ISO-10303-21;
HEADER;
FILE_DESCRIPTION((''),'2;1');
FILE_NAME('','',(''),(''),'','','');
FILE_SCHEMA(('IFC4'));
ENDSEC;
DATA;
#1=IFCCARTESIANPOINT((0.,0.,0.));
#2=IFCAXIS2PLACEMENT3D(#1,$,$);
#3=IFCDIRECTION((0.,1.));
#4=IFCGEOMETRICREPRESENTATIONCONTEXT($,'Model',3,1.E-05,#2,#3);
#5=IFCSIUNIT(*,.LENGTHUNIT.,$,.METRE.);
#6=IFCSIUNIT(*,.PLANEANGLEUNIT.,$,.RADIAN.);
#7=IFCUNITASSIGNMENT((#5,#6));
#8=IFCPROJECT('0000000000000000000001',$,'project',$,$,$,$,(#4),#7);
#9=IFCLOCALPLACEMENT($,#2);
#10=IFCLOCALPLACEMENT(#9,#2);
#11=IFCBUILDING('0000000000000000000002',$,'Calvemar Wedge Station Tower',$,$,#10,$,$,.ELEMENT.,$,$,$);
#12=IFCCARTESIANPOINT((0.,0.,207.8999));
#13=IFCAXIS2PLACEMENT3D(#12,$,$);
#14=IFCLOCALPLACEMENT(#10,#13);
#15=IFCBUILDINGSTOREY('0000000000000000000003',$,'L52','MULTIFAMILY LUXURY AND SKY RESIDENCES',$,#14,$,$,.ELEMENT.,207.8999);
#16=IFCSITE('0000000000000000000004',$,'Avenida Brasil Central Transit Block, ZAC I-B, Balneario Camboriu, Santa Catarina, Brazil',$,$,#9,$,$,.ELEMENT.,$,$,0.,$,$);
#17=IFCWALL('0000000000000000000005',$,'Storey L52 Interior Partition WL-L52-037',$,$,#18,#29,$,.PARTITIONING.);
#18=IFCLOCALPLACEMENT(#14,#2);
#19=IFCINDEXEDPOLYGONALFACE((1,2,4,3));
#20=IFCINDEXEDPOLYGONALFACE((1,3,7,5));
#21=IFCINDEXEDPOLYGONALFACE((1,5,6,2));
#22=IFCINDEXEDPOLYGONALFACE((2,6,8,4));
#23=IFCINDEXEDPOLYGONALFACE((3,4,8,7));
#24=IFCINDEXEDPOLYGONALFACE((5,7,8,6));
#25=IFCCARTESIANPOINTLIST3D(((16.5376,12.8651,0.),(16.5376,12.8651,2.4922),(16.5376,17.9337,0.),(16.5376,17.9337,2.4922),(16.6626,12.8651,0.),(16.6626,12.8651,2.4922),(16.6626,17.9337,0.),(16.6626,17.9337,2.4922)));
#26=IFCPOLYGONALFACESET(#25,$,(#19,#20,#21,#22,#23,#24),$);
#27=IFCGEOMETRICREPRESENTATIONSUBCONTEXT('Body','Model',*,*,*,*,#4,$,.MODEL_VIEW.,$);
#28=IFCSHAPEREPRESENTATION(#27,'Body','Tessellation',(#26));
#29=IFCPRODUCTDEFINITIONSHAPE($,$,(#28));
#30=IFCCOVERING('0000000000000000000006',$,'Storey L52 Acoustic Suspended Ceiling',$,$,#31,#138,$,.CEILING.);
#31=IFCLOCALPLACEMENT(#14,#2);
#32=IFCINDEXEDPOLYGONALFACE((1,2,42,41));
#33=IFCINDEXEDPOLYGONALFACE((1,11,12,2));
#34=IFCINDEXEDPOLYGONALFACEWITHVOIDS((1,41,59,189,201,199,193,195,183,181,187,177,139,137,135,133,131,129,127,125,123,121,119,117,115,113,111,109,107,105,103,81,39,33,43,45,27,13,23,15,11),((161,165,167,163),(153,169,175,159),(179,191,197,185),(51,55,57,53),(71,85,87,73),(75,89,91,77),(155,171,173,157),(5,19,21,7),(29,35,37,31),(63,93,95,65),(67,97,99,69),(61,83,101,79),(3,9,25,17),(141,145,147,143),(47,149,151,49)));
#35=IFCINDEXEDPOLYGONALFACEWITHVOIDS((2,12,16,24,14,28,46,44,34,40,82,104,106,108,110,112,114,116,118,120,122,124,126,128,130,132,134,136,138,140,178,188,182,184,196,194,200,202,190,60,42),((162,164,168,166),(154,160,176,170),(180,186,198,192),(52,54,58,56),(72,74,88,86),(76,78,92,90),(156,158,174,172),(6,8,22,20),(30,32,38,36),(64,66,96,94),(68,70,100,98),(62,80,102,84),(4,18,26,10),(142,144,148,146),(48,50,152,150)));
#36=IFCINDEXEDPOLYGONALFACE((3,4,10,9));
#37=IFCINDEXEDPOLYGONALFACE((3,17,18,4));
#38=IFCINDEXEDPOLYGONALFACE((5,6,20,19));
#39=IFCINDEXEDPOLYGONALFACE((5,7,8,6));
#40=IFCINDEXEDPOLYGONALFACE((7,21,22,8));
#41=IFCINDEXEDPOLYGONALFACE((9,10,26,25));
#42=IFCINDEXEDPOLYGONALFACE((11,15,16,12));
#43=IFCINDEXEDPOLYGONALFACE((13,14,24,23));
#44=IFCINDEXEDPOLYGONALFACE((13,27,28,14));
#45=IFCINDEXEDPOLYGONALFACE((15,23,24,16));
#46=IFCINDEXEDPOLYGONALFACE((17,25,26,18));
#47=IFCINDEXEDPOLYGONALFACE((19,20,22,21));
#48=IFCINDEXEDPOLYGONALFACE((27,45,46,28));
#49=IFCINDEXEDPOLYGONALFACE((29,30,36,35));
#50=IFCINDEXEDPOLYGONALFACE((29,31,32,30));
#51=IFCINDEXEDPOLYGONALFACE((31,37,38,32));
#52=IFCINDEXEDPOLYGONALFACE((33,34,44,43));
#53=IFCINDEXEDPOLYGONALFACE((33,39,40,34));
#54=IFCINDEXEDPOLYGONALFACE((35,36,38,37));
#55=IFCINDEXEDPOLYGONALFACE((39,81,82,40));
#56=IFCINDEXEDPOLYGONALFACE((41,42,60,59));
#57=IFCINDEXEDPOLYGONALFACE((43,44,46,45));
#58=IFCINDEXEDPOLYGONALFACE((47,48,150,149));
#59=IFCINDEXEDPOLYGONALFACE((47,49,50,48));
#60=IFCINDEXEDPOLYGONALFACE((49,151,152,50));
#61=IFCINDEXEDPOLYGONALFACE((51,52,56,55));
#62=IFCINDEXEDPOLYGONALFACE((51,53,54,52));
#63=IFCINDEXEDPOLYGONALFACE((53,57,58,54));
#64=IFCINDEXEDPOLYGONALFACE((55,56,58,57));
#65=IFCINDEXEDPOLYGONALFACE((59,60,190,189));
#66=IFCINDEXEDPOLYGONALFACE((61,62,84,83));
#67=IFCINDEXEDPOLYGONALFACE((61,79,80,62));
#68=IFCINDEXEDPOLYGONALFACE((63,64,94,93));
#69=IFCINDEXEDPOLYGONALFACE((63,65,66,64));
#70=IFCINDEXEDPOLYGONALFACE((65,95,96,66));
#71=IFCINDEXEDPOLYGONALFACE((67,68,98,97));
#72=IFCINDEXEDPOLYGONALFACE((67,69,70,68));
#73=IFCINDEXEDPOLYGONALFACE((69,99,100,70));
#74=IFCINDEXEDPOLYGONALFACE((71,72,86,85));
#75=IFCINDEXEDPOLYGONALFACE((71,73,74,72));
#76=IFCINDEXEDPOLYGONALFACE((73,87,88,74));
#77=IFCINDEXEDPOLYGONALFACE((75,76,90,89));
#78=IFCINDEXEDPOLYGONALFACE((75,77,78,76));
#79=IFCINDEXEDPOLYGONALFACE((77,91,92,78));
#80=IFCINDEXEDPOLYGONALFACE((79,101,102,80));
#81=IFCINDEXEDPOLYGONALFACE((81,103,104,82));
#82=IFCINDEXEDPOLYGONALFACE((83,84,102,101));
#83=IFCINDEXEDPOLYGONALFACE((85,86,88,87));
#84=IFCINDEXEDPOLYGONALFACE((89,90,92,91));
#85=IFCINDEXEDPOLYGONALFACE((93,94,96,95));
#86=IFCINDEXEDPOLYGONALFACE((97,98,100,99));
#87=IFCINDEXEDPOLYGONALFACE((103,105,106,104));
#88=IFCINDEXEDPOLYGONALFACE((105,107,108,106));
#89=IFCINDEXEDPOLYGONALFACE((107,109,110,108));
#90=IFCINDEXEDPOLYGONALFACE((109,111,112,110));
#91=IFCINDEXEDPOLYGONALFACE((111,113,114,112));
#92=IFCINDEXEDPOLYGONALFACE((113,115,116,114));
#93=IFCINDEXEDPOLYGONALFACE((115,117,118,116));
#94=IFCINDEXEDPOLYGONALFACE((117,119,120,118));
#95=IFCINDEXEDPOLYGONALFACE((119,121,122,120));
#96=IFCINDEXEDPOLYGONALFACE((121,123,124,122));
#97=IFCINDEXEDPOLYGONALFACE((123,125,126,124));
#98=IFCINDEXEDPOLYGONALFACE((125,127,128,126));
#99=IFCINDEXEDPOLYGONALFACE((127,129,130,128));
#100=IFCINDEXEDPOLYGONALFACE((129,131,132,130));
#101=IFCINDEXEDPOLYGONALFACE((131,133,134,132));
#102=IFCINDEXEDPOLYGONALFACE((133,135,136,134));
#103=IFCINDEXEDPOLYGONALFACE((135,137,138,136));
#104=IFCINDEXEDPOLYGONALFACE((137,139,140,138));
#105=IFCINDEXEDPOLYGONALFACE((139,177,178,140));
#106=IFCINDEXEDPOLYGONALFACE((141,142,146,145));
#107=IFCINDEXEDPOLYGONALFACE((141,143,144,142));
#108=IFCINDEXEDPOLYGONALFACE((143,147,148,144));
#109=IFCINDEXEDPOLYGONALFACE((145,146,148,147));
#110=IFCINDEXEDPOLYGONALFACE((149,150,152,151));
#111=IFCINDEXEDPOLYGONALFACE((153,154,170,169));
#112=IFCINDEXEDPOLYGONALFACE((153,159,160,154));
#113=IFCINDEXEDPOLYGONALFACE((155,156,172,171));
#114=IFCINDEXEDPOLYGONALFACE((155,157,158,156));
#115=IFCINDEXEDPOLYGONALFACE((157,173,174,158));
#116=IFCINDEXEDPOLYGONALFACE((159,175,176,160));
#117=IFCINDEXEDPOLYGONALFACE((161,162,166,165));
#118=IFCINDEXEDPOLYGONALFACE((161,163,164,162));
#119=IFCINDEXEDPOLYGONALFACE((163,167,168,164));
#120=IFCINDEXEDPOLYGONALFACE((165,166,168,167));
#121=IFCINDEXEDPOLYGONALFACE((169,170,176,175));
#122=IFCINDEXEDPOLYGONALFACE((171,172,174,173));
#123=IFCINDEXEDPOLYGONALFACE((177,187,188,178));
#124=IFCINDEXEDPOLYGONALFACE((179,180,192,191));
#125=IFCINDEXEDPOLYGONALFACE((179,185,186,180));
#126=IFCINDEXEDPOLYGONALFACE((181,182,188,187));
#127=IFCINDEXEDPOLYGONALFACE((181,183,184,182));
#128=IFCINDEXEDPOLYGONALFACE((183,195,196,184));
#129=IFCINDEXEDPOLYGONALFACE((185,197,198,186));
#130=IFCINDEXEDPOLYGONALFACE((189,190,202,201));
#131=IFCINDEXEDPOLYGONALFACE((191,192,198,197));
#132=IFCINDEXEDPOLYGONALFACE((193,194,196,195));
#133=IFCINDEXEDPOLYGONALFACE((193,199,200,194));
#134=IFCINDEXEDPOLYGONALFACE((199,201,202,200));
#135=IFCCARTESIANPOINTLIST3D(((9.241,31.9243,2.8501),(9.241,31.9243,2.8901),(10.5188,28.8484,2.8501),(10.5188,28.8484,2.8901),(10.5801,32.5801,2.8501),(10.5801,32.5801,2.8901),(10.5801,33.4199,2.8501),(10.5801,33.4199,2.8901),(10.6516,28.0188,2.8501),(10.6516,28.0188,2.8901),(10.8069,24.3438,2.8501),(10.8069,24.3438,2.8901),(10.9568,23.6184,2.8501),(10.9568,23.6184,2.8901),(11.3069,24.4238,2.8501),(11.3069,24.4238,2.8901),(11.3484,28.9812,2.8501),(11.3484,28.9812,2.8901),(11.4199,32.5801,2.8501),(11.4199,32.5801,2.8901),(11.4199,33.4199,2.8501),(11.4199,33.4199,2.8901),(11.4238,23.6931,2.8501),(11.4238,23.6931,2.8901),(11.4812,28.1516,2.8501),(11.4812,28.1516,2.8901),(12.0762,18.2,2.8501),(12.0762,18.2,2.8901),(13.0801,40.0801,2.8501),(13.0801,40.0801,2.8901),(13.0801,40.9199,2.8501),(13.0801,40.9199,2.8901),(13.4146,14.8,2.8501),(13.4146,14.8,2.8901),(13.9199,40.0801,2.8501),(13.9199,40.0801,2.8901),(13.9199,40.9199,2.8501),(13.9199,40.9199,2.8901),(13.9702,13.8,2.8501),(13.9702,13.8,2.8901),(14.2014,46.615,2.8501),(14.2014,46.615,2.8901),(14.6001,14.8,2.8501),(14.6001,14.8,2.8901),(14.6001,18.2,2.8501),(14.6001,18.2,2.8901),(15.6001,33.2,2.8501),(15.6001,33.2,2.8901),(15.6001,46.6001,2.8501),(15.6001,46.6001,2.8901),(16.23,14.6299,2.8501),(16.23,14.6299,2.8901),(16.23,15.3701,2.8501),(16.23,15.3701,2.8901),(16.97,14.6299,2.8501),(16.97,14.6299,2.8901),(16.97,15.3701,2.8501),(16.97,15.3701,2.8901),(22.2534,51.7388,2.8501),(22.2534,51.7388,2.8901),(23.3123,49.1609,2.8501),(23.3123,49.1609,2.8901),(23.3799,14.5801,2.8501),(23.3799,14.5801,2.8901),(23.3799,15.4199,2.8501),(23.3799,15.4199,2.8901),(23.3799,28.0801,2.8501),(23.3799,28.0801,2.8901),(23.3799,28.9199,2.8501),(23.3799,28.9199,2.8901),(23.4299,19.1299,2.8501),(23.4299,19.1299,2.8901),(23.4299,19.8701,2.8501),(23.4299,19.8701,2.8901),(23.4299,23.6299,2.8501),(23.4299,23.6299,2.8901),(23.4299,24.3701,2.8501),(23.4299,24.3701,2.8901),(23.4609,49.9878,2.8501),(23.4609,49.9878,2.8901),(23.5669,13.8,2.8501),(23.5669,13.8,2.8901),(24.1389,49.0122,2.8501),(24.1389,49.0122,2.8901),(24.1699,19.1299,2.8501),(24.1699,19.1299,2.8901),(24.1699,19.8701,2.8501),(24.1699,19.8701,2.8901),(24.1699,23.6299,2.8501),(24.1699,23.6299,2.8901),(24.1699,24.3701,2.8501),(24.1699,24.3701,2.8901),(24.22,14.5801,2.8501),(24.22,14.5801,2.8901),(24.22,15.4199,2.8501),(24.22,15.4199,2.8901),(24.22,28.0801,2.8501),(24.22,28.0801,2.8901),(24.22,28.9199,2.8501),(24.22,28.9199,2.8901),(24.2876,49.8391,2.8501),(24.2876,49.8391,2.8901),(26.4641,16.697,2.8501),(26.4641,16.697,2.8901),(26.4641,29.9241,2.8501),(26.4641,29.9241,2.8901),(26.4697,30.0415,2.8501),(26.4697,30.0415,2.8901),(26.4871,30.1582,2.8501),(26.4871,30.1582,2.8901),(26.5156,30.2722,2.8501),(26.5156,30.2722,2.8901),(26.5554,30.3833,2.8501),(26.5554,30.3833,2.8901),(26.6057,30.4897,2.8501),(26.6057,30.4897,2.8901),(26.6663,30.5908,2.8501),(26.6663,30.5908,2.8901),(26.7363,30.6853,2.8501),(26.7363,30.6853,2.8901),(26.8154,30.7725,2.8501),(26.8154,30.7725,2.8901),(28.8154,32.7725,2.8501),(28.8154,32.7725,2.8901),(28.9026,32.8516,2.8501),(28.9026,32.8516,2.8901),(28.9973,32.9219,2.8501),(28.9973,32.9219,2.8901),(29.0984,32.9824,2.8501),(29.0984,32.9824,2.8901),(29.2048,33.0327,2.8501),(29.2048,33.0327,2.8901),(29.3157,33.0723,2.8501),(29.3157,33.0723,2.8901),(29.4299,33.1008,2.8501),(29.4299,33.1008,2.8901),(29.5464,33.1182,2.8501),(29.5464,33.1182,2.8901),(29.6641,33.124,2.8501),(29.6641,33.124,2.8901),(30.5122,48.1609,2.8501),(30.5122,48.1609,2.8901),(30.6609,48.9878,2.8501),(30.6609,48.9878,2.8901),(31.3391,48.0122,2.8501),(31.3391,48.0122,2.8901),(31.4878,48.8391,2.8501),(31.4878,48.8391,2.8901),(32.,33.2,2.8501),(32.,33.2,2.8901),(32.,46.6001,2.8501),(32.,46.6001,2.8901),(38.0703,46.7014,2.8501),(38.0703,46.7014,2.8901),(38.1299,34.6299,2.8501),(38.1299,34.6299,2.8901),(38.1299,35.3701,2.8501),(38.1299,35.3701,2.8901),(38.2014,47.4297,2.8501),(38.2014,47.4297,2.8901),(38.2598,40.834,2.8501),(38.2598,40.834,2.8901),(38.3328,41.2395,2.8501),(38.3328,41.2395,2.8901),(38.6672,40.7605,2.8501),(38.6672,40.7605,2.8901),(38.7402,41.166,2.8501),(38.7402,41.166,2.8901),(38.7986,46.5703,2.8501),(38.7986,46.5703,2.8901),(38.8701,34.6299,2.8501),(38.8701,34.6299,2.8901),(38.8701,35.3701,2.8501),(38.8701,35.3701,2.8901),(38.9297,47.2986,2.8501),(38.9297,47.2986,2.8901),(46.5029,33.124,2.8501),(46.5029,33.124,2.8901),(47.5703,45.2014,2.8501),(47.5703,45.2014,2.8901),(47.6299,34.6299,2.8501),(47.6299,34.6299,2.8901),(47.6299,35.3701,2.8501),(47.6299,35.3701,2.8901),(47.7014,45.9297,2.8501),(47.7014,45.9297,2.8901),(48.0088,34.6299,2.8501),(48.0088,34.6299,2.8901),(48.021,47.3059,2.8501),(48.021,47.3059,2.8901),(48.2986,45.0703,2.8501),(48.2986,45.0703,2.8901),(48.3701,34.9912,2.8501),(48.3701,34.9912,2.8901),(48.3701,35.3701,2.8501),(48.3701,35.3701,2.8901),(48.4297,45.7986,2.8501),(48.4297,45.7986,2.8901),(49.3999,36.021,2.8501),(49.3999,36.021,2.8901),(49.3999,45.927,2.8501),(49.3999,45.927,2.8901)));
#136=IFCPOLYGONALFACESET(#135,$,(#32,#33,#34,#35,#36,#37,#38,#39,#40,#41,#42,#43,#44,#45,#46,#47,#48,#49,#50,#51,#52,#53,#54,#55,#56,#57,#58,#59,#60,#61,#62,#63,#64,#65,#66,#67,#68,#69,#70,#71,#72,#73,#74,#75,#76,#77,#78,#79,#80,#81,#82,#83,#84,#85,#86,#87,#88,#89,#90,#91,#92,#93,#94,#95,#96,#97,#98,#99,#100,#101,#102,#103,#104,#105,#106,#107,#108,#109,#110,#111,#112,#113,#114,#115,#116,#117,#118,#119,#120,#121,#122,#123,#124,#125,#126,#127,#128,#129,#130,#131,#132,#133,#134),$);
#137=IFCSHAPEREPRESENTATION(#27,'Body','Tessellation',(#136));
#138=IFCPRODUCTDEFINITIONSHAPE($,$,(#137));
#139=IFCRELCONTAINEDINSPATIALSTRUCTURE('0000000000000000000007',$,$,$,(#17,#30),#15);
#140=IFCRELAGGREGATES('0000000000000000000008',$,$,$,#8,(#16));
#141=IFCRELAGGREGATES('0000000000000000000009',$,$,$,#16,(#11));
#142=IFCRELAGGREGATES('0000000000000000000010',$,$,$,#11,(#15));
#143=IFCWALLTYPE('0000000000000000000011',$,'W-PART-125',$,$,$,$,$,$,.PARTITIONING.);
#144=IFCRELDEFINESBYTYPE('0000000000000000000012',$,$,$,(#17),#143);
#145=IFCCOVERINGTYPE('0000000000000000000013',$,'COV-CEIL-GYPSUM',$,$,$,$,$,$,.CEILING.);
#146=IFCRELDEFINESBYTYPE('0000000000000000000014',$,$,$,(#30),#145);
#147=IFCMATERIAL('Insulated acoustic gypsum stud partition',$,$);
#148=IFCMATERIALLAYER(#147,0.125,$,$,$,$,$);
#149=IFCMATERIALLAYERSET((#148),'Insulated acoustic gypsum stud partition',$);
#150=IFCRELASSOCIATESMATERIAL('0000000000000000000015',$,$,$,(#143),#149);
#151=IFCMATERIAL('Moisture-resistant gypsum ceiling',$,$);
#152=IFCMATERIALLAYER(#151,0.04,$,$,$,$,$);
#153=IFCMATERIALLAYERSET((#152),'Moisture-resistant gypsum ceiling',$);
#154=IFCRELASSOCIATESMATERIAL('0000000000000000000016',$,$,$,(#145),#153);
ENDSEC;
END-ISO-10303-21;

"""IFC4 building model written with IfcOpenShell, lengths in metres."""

from ifc_helpers import new_model, si_unit, direction, frame, frame_2d, origin, place, context, subcontext, project, spatial, polyline, rectangle, outline, extrude, material, layer, layer_set, type_object, element, save


model = new_model("IFC4")

# Units and contexts
model_context = context("Model", 3, precision=1e-05, world=origin(), true_north=direction((0.0, 1.0)))
body_context = subcontext(model_context, "Body", "Model", "MODEL_VIEW")
ifc_project = project(units=[si_unit("LENGTHUNIT", "METRE"), si_unit("PLANEANGLEUNIT", "RADIAN")], contexts=[model_context])

# Site, building, storey
site_placement = place(None, origin())
site = spatial("IfcSite", under=ifc_project, at=site_placement, Name="Avenida Brasil Central Transit Block, ZAC I-B, Balneario Camboriu, Santa Catarina, Brazil", CompositionType="ELEMENT", RefElevation=0.0)
building_placement = place(site_placement, origin())
building = spatial("IfcBuilding", under=site, at=building_placement, Name="Calvemar Wedge Station Tower", CompositionType="ELEMENT")
storey_placement = place(building_placement, frame((0.0, 0.0, 207.8999)))
storey = spatial("IfcBuildingStorey", under=building, at=storey_placement, Name="L52", Description="MULTIFAMILY LUXURY AND SKY RESIDENCES", CompositionType="ELEMENT", Elevation=207.8999)

# Wall
ifc_material_1 = material(Name="Insulated acoustic gypsum stud partition")
ifc_layer_1 = layer(ifc_material_1, 0.125)
ifc_layer_set_1 = layer_set([ifc_layer_1], Name="Insulated acoustic gypsum stud partition")
wall_type_1 = type_object("IfcWallType", Name="W-PART-125", PredefinedType="PARTITIONING", material=ifc_layer_set_1)
wall_1_placement = place(storey_placement, frame((16.6001, 17.9336, 0.0), z_axis=(0.0, 0.0, 1.0), x_axis=(0.0, -1.0, 0.0)))
element("IfcWall", 1, at=wall_1_placement, inside=storey, type_object=wall_type_1, Name="Storey L52 Interior Partition WL-L52-037", PredefinedType="PARTITIONING", context=body_context, shape_type="SweptSolid", body=[
    extrude(rectangle(XDim=5.0686, YDim=0.125, at=frame_2d((2.5342, 0.0))), origin(), (0.0, 0.0, 1.0), 2.4922),
])

# Covering
ifc_material_2 = material(Name="Moisture-resistant gypsum ceiling")
ifc_layer_2 = layer(ifc_material_2, 0.04)
ifc_layer_set_2 = layer_set([ifc_layer_2], Name="Moisture-resistant gypsum ceiling")
covering_type_1 = type_object("IfcCoveringType", Name="COV-CEIL-GYPSUM", PredefinedType="CEILING", material=ifc_layer_set_2)
covering_1_placement = place(storey_placement, frame((0.0, 0.0, 2.8501)))
element("IfcCovering", 2, at=covering_1_placement, inside=storey, type_object=covering_type_1, Name="Storey L52 Acoustic Suspended Ceiling", PredefinedType="CEILING", context=body_context, shape_type="SweptSolid", body=[
    extrude(outline(polyline([(26.8154, 30.7725), (28.8154, 32.7725), (28.9026, 32.8516), (28.9973, 32.9219), (29.0984, 32.9824), (29.2048, 33.0327), (29.3157, 33.0723), (29.4299, 33.1008), (29.5464, 33.1182), (29.6641, 33.124), (46.5029, 33.124), (48.0088, 34.6299), (47.6299, 34.6299), (47.6299, 35.3701), (48.3701, 35.3701), (48.3701, 34.9912), (49.3999, 36.021), (49.3999, 45.927), (48.021, 47.3059), (22.2534, 51.7388), (14.2014, 46.615), (9.241, 31.9243), (10.8069, 24.3438), (11.3069, 24.4238), (11.4238, 23.6931), (10.9568, 23.6184), (12.0762, 18.2), (14.6001, 18.2), (14.6001, 14.8), (13.4146, 14.8), (13.9702, 13.8), (23.5669, 13.8), (26.4641, 16.697), (26.4641, 29.9241), (26.4697, 30.0415), (26.4871, 30.1582), (26.5156, 30.2722), (26.5554, 30.3833), (26.6057, 30.4897), (26.6663, 30.5908), (26.7363, 30.6853), (26.8154, 30.7725)]), holes=[polyline([(15.6001, 46.6001), (32.0, 46.6001), (32.0, 33.2), (15.6001, 33.2), (15.6001, 46.6001)]), polyline([(10.5801, 32.5801), (10.5801, 33.4199), (11.4199, 33.4199), (11.4199, 32.5801), (10.5801, 32.5801)]), polyline([(13.0801, 40.9199), (13.9199, 40.9199), (13.9199, 40.0801), (13.0801, 40.0801), (13.0801, 40.9199)]), polyline([(24.2876, 49.8391), (24.1389, 49.0122), (23.3123, 49.1609), (23.4609, 49.9878), (24.2876, 49.8391)]), polyline([(31.3391, 48.0122), (30.5122, 48.1609), (30.6609, 48.9878), (31.4878, 48.8391), (31.3391, 48.0122)]), polyline([(38.0703, 46.7014), (38.2014, 47.4297), (38.9297, 47.2986), (38.7986, 46.5703), (38.0703, 46.7014)]), polyline([(47.7014, 45.9297), (48.4297, 45.7986), (48.2986, 45.0703), (47.5703, 45.2014), (47.7014, 45.9297)]), polyline([(38.8701, 35.3701), (38.8701, 34.6299), (38.1299, 34.6299), (38.1299, 35.3701), (38.8701, 35.3701)]), polyline([(38.2598, 40.834), (38.3328, 41.2395), (38.7402, 41.166), (38.6672, 40.7605), (38.2598, 40.834)]), polyline([(11.3484, 28.9812), (11.4812, 28.1516), (10.6516, 28.0188), (10.5188, 28.8484), (11.3484, 28.9812)]), polyline([(24.22, 28.0801), (23.3799, 28.0801), (23.3799, 28.9199), (24.22, 28.9199), (24.22, 28.0801)]), polyline([(23.4299, 23.6299), (23.4299, 24.3701), (24.1699, 24.3701), (24.1699, 23.6299), (23.4299, 23.6299)]), polyline([(23.4299, 19.8701), (24.1699, 19.8701), (24.1699, 19.1299), (23.4299, 19.1299), (23.4299, 19.8701)]), polyline([(24.22, 15.4199), (24.22, 14.5801), (23.3799, 14.5801), (23.3799, 15.4199), (24.22, 15.4199)]), polyline([(16.97, 14.6299), (16.23, 14.6299), (16.23, 15.3701), (16.97, 15.3701), (16.97, 14.6299)])]), origin(), (0.0, 0.0, 1.0), 0.04),
])

save(model, "model.ifc")
